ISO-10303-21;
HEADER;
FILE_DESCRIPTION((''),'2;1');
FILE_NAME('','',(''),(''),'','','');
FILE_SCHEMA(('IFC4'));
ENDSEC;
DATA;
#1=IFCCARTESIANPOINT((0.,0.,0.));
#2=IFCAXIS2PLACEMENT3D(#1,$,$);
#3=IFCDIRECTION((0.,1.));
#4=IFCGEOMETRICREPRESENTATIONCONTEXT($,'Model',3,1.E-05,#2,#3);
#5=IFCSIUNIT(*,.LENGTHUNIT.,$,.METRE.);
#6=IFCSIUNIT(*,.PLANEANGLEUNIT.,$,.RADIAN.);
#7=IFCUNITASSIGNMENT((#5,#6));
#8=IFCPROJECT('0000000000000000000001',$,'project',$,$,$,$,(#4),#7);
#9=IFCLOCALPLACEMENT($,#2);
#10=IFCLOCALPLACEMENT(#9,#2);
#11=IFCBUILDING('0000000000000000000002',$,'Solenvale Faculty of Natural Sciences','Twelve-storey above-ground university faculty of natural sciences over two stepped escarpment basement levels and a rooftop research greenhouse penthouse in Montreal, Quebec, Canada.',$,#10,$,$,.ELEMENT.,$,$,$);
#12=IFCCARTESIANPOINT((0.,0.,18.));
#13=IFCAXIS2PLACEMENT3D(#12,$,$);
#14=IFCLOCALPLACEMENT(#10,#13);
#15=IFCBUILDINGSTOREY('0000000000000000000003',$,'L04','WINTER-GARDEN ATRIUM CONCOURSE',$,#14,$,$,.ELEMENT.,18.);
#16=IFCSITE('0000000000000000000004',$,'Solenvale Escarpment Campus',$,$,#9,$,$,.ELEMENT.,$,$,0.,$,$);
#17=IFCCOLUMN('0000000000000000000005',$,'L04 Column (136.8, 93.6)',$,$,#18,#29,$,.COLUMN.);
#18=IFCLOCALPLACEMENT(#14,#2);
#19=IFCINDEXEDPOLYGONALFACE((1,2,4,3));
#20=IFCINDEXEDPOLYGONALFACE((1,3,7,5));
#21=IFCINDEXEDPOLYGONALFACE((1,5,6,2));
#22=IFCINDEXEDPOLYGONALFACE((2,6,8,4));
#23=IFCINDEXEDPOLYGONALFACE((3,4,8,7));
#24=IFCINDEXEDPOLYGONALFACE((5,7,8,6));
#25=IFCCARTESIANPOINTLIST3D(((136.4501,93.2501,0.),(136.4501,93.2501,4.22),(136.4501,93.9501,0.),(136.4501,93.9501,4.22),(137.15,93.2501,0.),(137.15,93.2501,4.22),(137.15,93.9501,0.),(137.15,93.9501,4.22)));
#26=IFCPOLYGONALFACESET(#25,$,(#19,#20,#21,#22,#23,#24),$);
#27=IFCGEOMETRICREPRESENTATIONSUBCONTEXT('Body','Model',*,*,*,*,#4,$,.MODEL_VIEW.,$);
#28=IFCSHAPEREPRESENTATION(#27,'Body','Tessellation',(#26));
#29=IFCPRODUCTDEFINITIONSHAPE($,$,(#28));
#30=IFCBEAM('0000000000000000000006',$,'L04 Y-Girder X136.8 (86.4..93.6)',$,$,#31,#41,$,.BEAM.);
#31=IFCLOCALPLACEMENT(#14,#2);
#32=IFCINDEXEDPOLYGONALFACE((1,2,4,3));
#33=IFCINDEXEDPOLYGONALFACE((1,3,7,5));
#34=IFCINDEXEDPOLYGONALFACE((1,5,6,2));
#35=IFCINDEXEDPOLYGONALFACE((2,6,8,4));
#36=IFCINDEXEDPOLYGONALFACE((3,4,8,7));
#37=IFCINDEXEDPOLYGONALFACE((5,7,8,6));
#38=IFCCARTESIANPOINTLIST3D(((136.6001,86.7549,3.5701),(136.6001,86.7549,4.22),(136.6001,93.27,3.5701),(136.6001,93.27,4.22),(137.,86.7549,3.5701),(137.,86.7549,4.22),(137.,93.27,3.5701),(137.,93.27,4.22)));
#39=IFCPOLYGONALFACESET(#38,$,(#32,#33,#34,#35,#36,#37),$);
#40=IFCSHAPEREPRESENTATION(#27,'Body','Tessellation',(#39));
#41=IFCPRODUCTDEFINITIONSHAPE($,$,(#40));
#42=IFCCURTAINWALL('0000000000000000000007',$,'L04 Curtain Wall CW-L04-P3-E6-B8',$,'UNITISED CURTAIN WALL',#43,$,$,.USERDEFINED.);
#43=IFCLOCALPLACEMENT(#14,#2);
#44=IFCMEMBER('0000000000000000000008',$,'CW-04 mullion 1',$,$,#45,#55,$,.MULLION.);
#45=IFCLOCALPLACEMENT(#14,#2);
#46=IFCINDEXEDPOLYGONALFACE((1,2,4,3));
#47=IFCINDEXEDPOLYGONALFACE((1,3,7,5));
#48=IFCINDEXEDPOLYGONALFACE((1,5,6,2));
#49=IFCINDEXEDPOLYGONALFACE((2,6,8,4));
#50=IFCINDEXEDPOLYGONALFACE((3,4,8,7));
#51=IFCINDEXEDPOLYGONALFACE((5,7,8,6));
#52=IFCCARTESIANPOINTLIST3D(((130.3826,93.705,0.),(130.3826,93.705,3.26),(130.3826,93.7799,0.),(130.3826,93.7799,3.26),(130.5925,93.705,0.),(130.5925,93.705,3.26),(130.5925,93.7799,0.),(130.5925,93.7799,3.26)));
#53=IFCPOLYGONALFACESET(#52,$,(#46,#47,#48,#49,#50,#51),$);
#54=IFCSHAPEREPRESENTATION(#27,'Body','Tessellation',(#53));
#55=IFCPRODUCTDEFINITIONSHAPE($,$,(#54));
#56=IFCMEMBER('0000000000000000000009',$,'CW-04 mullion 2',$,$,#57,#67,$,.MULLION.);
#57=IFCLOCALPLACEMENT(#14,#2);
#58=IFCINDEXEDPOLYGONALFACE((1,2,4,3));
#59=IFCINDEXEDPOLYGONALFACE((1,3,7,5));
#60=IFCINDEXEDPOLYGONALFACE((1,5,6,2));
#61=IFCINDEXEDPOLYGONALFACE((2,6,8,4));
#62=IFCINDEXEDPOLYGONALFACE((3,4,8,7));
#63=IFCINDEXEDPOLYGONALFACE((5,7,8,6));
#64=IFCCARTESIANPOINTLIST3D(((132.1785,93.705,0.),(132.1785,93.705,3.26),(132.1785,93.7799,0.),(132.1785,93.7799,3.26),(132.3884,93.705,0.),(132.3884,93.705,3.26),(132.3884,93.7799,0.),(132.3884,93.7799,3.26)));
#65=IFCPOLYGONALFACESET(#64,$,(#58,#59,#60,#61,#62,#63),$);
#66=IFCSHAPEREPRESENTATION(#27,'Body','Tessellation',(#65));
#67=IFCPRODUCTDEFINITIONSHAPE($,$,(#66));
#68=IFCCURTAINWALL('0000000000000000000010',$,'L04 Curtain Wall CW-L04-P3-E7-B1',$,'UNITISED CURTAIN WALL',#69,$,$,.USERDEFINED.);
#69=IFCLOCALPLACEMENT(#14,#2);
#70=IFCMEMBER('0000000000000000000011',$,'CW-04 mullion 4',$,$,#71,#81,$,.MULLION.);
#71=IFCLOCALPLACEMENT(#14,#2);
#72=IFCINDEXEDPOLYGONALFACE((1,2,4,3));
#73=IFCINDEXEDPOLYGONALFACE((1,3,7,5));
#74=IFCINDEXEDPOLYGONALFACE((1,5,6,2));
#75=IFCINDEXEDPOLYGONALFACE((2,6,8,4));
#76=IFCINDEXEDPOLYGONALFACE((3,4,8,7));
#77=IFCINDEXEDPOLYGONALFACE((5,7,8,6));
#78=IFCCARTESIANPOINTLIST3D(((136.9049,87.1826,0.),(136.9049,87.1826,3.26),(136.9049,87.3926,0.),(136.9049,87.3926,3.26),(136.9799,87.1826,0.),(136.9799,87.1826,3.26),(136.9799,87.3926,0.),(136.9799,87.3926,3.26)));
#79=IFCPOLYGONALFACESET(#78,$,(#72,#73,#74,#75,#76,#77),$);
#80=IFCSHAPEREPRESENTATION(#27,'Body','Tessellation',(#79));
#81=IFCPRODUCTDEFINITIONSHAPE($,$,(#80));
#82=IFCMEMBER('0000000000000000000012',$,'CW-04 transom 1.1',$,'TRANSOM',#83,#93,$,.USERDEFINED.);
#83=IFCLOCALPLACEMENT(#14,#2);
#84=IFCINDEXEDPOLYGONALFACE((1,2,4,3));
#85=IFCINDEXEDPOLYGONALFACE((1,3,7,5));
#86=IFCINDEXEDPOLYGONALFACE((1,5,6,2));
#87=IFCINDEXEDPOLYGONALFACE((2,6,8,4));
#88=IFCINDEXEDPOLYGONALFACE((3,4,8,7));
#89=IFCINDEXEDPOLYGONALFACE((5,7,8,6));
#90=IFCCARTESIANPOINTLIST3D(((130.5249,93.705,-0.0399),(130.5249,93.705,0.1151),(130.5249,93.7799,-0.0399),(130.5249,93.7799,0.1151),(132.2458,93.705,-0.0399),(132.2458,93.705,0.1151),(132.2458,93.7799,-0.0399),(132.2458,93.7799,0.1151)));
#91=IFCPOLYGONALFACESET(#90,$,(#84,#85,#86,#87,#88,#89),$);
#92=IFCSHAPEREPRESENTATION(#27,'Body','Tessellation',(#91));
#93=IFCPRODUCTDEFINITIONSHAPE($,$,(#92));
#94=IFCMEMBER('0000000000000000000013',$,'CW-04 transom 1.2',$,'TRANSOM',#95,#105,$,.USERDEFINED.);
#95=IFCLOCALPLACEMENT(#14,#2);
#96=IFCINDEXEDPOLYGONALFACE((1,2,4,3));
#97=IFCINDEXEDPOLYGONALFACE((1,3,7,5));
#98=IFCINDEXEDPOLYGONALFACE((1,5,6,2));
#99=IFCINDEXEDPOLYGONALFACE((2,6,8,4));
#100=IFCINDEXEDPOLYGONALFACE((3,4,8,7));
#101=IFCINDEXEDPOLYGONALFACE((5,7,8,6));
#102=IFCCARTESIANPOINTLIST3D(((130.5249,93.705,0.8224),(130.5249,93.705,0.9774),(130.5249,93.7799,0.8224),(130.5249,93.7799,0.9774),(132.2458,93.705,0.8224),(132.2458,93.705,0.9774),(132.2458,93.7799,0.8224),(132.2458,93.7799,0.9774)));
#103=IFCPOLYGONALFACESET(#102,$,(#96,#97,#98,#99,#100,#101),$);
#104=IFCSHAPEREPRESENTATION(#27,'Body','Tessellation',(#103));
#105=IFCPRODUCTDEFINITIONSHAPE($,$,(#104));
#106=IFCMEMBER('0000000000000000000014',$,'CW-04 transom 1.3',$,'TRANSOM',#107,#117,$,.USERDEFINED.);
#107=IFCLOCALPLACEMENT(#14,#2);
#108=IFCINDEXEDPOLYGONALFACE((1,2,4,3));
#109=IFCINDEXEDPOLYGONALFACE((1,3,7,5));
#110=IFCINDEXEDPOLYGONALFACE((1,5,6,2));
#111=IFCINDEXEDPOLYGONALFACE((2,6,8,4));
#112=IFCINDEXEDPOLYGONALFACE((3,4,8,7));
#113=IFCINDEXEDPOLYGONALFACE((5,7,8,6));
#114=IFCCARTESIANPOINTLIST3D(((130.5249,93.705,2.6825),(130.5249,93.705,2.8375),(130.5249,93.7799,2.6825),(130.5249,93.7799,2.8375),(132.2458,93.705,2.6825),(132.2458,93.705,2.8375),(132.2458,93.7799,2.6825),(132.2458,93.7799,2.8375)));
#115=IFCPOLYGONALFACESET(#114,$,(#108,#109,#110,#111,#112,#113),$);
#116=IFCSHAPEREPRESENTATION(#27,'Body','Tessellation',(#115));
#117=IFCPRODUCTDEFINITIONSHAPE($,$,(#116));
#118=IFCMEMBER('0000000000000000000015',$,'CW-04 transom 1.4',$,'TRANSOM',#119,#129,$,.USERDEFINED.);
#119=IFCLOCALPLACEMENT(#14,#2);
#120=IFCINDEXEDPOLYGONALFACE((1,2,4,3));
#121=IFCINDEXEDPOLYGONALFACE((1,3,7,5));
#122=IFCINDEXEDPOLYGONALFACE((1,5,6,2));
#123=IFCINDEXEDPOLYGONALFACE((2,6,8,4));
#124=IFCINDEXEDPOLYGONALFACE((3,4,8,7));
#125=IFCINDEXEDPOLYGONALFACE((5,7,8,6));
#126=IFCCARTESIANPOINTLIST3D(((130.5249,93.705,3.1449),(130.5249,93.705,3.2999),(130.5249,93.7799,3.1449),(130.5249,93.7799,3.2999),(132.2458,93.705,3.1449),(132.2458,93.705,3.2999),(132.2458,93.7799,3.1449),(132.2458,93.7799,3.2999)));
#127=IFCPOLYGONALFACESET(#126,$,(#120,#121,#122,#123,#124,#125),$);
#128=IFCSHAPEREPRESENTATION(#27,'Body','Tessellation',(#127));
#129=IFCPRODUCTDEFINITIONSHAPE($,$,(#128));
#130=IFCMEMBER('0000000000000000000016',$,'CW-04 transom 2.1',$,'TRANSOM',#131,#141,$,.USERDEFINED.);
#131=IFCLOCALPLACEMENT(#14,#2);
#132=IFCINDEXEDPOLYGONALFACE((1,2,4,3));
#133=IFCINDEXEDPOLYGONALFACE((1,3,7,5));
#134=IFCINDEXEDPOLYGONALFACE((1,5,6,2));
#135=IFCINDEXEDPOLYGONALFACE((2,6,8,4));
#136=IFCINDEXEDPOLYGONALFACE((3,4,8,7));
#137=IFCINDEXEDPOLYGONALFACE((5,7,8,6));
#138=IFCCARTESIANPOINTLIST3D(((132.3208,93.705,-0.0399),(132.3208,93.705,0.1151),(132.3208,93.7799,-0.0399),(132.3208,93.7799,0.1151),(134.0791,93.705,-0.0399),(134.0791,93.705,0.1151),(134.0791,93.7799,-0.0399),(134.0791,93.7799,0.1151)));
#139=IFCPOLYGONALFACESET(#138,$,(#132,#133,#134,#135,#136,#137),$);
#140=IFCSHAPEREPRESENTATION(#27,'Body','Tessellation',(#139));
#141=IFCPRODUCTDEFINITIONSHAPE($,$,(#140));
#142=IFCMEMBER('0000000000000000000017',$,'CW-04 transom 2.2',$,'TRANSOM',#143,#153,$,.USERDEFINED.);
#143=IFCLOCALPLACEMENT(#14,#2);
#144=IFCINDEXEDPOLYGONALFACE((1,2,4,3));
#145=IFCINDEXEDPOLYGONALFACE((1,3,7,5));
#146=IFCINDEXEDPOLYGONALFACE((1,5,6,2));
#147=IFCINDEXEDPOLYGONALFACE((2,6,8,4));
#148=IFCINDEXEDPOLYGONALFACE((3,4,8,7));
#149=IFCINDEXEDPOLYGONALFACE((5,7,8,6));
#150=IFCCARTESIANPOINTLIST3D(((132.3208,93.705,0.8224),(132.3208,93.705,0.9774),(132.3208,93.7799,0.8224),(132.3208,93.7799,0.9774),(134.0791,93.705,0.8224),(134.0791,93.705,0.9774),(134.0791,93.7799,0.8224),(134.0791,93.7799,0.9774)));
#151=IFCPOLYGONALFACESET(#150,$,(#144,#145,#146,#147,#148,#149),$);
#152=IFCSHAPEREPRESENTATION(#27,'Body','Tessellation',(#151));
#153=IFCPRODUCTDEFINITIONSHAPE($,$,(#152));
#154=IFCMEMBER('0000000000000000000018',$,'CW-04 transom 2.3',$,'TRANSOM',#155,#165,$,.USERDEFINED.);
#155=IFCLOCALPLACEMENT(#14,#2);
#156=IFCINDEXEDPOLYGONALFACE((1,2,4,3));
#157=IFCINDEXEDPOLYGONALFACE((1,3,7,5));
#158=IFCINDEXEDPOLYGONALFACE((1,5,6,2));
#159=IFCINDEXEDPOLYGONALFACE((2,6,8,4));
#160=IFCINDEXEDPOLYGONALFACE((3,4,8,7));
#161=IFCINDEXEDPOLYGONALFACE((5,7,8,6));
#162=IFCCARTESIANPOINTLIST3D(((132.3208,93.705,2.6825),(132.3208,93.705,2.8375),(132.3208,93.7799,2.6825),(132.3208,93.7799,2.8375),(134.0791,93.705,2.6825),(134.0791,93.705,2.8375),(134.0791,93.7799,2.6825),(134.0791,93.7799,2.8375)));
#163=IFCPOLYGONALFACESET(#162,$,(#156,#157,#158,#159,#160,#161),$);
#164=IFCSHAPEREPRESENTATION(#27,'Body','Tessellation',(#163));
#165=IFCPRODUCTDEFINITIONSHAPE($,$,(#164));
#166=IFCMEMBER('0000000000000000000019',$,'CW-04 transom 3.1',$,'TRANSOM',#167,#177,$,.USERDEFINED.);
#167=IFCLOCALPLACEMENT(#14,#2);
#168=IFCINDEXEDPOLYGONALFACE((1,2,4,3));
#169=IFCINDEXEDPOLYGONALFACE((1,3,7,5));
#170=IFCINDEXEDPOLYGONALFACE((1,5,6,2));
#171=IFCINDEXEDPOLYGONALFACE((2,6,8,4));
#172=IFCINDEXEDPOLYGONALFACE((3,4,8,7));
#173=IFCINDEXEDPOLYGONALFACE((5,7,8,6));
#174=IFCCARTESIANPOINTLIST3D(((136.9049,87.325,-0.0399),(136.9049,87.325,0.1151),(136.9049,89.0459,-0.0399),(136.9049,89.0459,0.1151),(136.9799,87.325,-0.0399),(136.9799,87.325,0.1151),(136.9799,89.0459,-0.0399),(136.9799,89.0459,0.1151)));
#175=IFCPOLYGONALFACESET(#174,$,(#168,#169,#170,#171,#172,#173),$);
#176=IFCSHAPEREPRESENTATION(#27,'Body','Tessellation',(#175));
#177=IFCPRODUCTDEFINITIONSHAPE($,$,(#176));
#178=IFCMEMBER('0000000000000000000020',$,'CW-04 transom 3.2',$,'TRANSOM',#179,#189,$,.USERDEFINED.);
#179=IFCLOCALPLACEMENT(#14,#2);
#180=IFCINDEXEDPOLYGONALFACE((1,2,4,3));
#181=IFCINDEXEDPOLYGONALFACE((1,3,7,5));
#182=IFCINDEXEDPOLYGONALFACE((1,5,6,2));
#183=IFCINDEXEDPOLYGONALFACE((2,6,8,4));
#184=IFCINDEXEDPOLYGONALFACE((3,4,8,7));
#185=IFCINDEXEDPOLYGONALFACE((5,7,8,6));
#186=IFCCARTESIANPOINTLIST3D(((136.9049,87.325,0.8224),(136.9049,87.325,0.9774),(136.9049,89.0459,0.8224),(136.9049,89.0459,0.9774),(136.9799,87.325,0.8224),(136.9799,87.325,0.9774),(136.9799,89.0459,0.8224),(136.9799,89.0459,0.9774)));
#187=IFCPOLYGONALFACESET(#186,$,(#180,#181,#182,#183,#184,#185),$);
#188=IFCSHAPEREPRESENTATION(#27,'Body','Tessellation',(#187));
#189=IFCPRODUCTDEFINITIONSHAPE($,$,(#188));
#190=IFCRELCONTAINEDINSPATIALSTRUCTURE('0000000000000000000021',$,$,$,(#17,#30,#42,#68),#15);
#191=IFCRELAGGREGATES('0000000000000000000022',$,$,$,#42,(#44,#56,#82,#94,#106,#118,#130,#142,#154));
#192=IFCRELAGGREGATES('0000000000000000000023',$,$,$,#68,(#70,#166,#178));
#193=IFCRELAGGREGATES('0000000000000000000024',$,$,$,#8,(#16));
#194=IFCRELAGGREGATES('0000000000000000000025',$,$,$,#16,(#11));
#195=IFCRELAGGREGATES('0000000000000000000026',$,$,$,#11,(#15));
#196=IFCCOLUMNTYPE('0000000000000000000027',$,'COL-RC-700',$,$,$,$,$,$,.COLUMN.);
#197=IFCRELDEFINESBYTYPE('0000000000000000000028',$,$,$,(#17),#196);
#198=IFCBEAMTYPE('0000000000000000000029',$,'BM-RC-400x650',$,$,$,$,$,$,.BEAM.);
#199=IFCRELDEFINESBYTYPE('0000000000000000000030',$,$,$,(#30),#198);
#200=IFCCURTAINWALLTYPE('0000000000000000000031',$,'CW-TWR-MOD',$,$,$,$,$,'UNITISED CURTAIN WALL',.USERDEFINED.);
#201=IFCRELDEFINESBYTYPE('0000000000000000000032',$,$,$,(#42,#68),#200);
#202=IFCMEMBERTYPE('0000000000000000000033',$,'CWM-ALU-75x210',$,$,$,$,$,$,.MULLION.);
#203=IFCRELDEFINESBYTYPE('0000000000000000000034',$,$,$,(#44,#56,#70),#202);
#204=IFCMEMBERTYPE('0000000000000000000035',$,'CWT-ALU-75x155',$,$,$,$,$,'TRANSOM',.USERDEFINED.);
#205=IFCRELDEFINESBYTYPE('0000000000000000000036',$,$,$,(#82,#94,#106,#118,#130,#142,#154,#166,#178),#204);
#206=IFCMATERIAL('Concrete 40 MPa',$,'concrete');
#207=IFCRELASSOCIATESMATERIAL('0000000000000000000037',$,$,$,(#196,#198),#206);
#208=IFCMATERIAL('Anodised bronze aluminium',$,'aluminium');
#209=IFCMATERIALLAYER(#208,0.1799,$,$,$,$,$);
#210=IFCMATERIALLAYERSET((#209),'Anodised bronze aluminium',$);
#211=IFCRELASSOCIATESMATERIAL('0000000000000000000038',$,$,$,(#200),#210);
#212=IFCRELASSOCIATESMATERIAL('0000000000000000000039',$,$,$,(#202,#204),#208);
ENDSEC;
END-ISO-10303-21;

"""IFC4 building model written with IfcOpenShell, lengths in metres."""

from ifc_helpers import new_model, si_unit, direction, frame, origin, origin_2d, place, context, subcontext, project, spatial, rectangle, extrude, material, layer, layer_set, material_profile, profile_set, type_object, element, aggregate, save


model = new_model("IFC4")

# Units and contexts
model_context = context("Model", 3, precision=1e-05, world=origin(), true_north=direction((0.0, 1.0)))
body_context = subcontext(model_context, "Body", "Model", "MODEL_VIEW")
ifc_project = project(units=[si_unit("LENGTHUNIT", "METRE"), si_unit("PLANEANGLEUNIT", "RADIAN")], contexts=[model_context])

# Site, building, storey
site_placement = place(None, origin())
site = spatial("IfcSite", under=ifc_project, at=site_placement, Name="Solenvale Escarpment Campus", CompositionType="ELEMENT", RefElevation=0.0)
building_placement = place(site_placement, origin())
building = spatial("IfcBuilding", under=site, at=building_placement, Name="Solenvale Faculty of Natural Sciences", Description="Twelve-storey above-ground university faculty of natural sciences over two stepped escarpment basement levels and a rooftop research greenhouse penthouse in Montreal, Quebec, Canada.", CompositionType="ELEMENT")
storey_placement = place(building_placement, frame((0.0, 0.0, 18.0)))
storey = spatial("IfcBuildingStorey", under=building, at=storey_placement, Name="L04", Description="WINTER-GARDEN ATRIUM CONCOURSE", CompositionType="ELEMENT", Elevation=18.0)

# Column
ifc_material_1 = material(Name="Concrete 40 MPa", Category="concrete")
ifc_material_profile_1 = material_profile(ifc_material_1, rectangle(XDim=0.7, YDim=0.7, at=origin_2d()), Name="RC-COL-700x700")
ifc_profile_set_1 = profile_set([ifc_material_profile_1], Name="Concrete 40 MPa")
column_type = type_object("IfcColumnType", Name="COL-RC-700", PredefinedType="COLUMN", material=ifc_profile_set_1)
column_placement = place(storey_placement, frame((136.8, 93.6001, 0.0), z_axis=(0.0, 0.0, 1.0), x_axis=(1.0, 0.0, 0.0)))
element("IfcColumn", 1, at=column_placement, inside=storey, type_object=column_type, Name="L04 Column (136.8, 93.6)", PredefinedType="COLUMN", context=body_context, shape_type="SweptSolid", body=[
    extrude(rectangle(XDim=0.7, YDim=0.7, at=origin_2d()), origin(), (0.0, 0.0, 1.0), 4.22),
])

# Beam
ifc_material_profile_2 = material_profile(ifc_material_1, rectangle(XDim=0.3999, YDim=0.6499, at=origin_2d()), Name="RC-BM-400x650")
ifc_profile_set_2 = profile_set([ifc_material_profile_2], Name="Concrete 40 MPa")
beam_type = type_object("IfcBeamType", Name="BM-RC-400x650", PredefinedType="BEAM", material=ifc_profile_set_2)
beam_placement = place(storey_placement, frame((136.8, 86.7549, 3.895), z_axis=(0.0, 1.0, 0.0), x_axis=(-1.0, 0.0, 0.0)))
element("IfcBeam", 2, at=beam_placement, inside=storey, type_object=beam_type, Name="L04 Y-Girder X136.8 (86.4..93.6)", PredefinedType="BEAM", context=body_context, shape_type="SweptSolid", body=[
    extrude(rectangle(XDim=0.3999, YDim=0.6499, at=origin_2d()), origin(), (0.0, 0.0, 1.0), 6.5151),
])

# Curtain wall, members
ifc_material_2 = material(Name="Anodised bronze aluminium", Category="aluminium")
ifc_layer_1 = layer(ifc_material_2, 0.1799)
ifc_layer_set_1 = layer_set([ifc_layer_1], Name="Anodised bronze aluminium")
curtain_wall_type = type_object("IfcCurtainWallType", Name="CW-TWR-MOD", ElementType="UNITISED CURTAIN WALL", PredefinedType="USERDEFINED", material=ifc_layer_set_1)
curtain_wall_1_placement = place(storey_placement, origin())
curtain_wall_1 = element("IfcCurtainWall", 3, at=curtain_wall_1_placement, inside=storey, type_object=curtain_wall_type, Name="L04 Curtain Wall CW-L04-P3-E6-B8", ObjectType="UNITISED CURTAIN WALL", PredefinedType="USERDEFINED")
ifc_material_profile_3 = material_profile(ifc_material_2, rectangle(XDim=0.075, YDim=0.21, at=origin_2d()), Name="ALU-MUL-75x210")
ifc_profile_set_3 = profile_set([ifc_material_profile_3], Name="Anodised bronze aluminium")
member_type_1 = type_object("IfcMemberType", Name="CWM-ALU-75x210", PredefinedType="MULLION", material=ifc_profile_set_3)
member_1_placement = place(storey_placement, frame((130.4875, 93.7424, 0.0), z_axis=(0.0, 0.0, 1.0), x_axis=(0.0, 1.0, 0.0)))
member_1 = element("IfcMember", 4, at=member_1_placement, type_object=member_type_1, Name="CW-04 mullion 1", PredefinedType="MULLION", context=body_context, shape_type="SweptSolid", body=[
    extrude(rectangle(XDim=0.075, YDim=0.21, at=origin_2d()), origin(), (0.0, 0.0, 1.0), 3.26),
])
member_2_placement = place(storey_placement, frame((132.2834, 93.7424, 0.0), z_axis=(0.0, 0.0, 1.0), x_axis=(0.0, 1.0, 0.0)))
member_2 = element("IfcMember", 5, at=member_2_placement, type_object=member_type_1, Name="CW-04 mullion 2", PredefinedType="MULLION", context=body_context, shape_type="SweptSolid", body=[
    extrude(rectangle(XDim=0.075, YDim=0.21, at=origin_2d()), origin(), (0.0, 0.0, 1.0), 3.26),
])

# Curtain wall, member
curtain_wall_2_placement = place(storey_placement, origin())
curtain_wall_2 = element("IfcCurtainWall", 6, at=curtain_wall_2_placement, inside=storey, type_object=curtain_wall_type, Name="L04 Curtain Wall CW-L04-P3-E7-B1", ObjectType="UNITISED CURTAIN WALL", PredefinedType="USERDEFINED")
member_3_placement = place(storey_placement, frame((136.9424, 87.2876, 0.0), z_axis=(0.0, 0.0, 1.0), x_axis=(1.0, 0.0, 0.0)))
member_3 = element("IfcMember", 7, at=member_3_placement, type_object=member_type_1, Name="CW-04 mullion 4", PredefinedType="MULLION", context=body_context, shape_type="SweptSolid", body=[
    extrude(rectangle(XDim=0.075, YDim=0.21, at=origin_2d()), origin(), (0.0, 0.0, 1.0), 3.26),
])

# Members
ifc_material_profile_4 = material_profile(ifc_material_2, rectangle(XDim=0.075, YDim=0.155, at=origin_2d()), Name="ALU-TRN-75x155")
ifc_profile_set_4 = profile_set([ifc_material_profile_4], Name="Anodised bronze aluminium")
member_type_2 = type_object("IfcMemberType", Name="CWT-ALU-75x155", ElementType="TRANSOM", PredefinedType="USERDEFINED", material=ifc_profile_set_4)
member_4_placement = place(storey_placement, frame((130.5249, 93.7424, 0.0376), z_axis=(1.0, 0.0, 0.0), x_axis=(0.0, 1.0, 0.0)))
member_4 = element("IfcMember", 8, at=member_4_placement, type_object=member_type_2, Name="CW-04 transom 1.1", ObjectType="TRANSOM", PredefinedType="USERDEFINED", context=body_context, shape_type="SweptSolid", body=[
    extrude(rectangle(XDim=0.075, YDim=0.155, at=origin_2d()), origin(), (0.0, 0.0, 1.0), 1.7209),
])
member_5_placement = place(storey_placement, frame((130.5249, 93.7424, 0.8999), z_axis=(1.0, 0.0, 0.0), x_axis=(0.0, 1.0, 0.0)))
member_5 = element("IfcMember", 9, at=member_5_placement, type_object=member_type_2, Name="CW-04 transom 1.2", ObjectType="TRANSOM", PredefinedType="USERDEFINED", context=body_context, shape_type="SweptSolid", body=[
    extrude(rectangle(XDim=0.075, YDim=0.155, at=origin_2d()), origin(), (0.0, 0.0, 1.0), 1.7209),
])
member_6_placement = place(storey_placement, frame((130.5249, 93.7424, 2.76), z_axis=(1.0, 0.0, 0.0), x_axis=(0.0, 1.0, 0.0)))
member_6 = element("IfcMember", 10, at=member_6_placement, type_object=member_type_2, Name="CW-04 transom 1.3", ObjectType="TRANSOM", PredefinedType="USERDEFINED", context=body_context, shape_type="SweptSolid", body=[
    extrude(rectangle(XDim=0.075, YDim=0.155, at=origin_2d()), origin(), (0.0, 0.0, 1.0), 1.7209),
])
member_7_placement = place(storey_placement, frame((130.5249, 93.7424, 3.2224), z_axis=(1.0, 0.0, 0.0), x_axis=(0.0, 1.0, 0.0)))
member_7 = element("IfcMember", 11, at=member_7_placement, type_object=member_type_2, Name="CW-04 transom 1.4", ObjectType="TRANSOM", PredefinedType="USERDEFINED", context=body_context, shape_type="SweptSolid", body=[
    extrude(rectangle(XDim=0.075, YDim=0.155, at=origin_2d()), origin(), (0.0, 0.0, 1.0), 1.7209),
])
member_8_placement = place(storey_placement, frame((132.3208, 93.7424, 0.0376), z_axis=(1.0, 0.0, 0.0), x_axis=(0.0, 1.0, 0.0)))
member_8 = element("IfcMember", 12, at=member_8_placement, type_object=member_type_2, Name="CW-04 transom 2.1", ObjectType="TRANSOM", PredefinedType="USERDEFINED", context=body_context, shape_type="SweptSolid", body=[
    extrude(rectangle(XDim=0.075, YDim=0.155, at=origin_2d()), origin(), (0.0, 0.0, 1.0), 1.7583),
])
member_9_placement = place(storey_placement, frame((132.3208, 93.7424, 0.8999), z_axis=(1.0, 0.0, 0.0), x_axis=(0.0, 1.0, 0.0)))
member_9 = element("IfcMember", 13, at=member_9_placement, type_object=member_type_2, Name="CW-04 transom 2.2", ObjectType="TRANSOM", PredefinedType="USERDEFINED", context=body_context, shape_type="SweptSolid", body=[
    extrude(rectangle(XDim=0.075, YDim=0.155, at=origin_2d()), origin(), (0.0, 0.0, 1.0), 1.7583),
])
member_10_placement = place(storey_placement, frame((132.3208, 93.7424, 2.76), z_axis=(1.0, 0.0, 0.0), x_axis=(0.0, 1.0, 0.0)))
member_10 = element("IfcMember", 14, at=member_10_placement, type_object=member_type_2, Name="CW-04 transom 2.3", ObjectType="TRANSOM", PredefinedType="USERDEFINED", context=body_context, shape_type="SweptSolid", body=[
    extrude(rectangle(XDim=0.075, YDim=0.155, at=origin_2d()), origin(), (0.0, 0.0, 1.0), 1.7583),
])
member_11_placement = place(storey_placement, frame((136.9424, 89.0459, 0.0376), z_axis=(0.0, -1.0, 0.0), x_axis=(1.0, 0.0, 0.0)))
member_11 = element("IfcMember", 15, at=member_11_placement, type_object=member_type_2, Name="CW-04 transom 3.1", ObjectType="TRANSOM", PredefinedType="USERDEFINED", context=body_context, shape_type="SweptSolid", body=[
    extrude(rectangle(XDim=0.075, YDim=0.155, at=origin_2d()), origin(), (0.0, 0.0, 1.0), 1.7209),
])
member_12_placement = place(storey_placement, frame((136.9424, 89.0459, 0.8999), z_axis=(0.0, -1.0, 0.0), x_axis=(1.0, 0.0, 0.0)))
member_12 = element("IfcMember", 16, at=member_12_placement, type_object=member_type_2, Name="CW-04 transom 3.2", ObjectType="TRANSOM", PredefinedType="USERDEFINED", context=body_context, shape_type="SweptSolid", body=[
    extrude(rectangle(XDim=0.075, YDim=0.155, at=origin_2d()), origin(), (0.0, 0.0, 1.0), 1.7209),
])

aggregate(curtain_wall_1, [member_1, member_2, member_4, member_5, member_6, member_7, member_8, member_9, member_10])
aggregate(curtain_wall_2, [member_3, member_11, member_12])

save(model, "model.ifc")
